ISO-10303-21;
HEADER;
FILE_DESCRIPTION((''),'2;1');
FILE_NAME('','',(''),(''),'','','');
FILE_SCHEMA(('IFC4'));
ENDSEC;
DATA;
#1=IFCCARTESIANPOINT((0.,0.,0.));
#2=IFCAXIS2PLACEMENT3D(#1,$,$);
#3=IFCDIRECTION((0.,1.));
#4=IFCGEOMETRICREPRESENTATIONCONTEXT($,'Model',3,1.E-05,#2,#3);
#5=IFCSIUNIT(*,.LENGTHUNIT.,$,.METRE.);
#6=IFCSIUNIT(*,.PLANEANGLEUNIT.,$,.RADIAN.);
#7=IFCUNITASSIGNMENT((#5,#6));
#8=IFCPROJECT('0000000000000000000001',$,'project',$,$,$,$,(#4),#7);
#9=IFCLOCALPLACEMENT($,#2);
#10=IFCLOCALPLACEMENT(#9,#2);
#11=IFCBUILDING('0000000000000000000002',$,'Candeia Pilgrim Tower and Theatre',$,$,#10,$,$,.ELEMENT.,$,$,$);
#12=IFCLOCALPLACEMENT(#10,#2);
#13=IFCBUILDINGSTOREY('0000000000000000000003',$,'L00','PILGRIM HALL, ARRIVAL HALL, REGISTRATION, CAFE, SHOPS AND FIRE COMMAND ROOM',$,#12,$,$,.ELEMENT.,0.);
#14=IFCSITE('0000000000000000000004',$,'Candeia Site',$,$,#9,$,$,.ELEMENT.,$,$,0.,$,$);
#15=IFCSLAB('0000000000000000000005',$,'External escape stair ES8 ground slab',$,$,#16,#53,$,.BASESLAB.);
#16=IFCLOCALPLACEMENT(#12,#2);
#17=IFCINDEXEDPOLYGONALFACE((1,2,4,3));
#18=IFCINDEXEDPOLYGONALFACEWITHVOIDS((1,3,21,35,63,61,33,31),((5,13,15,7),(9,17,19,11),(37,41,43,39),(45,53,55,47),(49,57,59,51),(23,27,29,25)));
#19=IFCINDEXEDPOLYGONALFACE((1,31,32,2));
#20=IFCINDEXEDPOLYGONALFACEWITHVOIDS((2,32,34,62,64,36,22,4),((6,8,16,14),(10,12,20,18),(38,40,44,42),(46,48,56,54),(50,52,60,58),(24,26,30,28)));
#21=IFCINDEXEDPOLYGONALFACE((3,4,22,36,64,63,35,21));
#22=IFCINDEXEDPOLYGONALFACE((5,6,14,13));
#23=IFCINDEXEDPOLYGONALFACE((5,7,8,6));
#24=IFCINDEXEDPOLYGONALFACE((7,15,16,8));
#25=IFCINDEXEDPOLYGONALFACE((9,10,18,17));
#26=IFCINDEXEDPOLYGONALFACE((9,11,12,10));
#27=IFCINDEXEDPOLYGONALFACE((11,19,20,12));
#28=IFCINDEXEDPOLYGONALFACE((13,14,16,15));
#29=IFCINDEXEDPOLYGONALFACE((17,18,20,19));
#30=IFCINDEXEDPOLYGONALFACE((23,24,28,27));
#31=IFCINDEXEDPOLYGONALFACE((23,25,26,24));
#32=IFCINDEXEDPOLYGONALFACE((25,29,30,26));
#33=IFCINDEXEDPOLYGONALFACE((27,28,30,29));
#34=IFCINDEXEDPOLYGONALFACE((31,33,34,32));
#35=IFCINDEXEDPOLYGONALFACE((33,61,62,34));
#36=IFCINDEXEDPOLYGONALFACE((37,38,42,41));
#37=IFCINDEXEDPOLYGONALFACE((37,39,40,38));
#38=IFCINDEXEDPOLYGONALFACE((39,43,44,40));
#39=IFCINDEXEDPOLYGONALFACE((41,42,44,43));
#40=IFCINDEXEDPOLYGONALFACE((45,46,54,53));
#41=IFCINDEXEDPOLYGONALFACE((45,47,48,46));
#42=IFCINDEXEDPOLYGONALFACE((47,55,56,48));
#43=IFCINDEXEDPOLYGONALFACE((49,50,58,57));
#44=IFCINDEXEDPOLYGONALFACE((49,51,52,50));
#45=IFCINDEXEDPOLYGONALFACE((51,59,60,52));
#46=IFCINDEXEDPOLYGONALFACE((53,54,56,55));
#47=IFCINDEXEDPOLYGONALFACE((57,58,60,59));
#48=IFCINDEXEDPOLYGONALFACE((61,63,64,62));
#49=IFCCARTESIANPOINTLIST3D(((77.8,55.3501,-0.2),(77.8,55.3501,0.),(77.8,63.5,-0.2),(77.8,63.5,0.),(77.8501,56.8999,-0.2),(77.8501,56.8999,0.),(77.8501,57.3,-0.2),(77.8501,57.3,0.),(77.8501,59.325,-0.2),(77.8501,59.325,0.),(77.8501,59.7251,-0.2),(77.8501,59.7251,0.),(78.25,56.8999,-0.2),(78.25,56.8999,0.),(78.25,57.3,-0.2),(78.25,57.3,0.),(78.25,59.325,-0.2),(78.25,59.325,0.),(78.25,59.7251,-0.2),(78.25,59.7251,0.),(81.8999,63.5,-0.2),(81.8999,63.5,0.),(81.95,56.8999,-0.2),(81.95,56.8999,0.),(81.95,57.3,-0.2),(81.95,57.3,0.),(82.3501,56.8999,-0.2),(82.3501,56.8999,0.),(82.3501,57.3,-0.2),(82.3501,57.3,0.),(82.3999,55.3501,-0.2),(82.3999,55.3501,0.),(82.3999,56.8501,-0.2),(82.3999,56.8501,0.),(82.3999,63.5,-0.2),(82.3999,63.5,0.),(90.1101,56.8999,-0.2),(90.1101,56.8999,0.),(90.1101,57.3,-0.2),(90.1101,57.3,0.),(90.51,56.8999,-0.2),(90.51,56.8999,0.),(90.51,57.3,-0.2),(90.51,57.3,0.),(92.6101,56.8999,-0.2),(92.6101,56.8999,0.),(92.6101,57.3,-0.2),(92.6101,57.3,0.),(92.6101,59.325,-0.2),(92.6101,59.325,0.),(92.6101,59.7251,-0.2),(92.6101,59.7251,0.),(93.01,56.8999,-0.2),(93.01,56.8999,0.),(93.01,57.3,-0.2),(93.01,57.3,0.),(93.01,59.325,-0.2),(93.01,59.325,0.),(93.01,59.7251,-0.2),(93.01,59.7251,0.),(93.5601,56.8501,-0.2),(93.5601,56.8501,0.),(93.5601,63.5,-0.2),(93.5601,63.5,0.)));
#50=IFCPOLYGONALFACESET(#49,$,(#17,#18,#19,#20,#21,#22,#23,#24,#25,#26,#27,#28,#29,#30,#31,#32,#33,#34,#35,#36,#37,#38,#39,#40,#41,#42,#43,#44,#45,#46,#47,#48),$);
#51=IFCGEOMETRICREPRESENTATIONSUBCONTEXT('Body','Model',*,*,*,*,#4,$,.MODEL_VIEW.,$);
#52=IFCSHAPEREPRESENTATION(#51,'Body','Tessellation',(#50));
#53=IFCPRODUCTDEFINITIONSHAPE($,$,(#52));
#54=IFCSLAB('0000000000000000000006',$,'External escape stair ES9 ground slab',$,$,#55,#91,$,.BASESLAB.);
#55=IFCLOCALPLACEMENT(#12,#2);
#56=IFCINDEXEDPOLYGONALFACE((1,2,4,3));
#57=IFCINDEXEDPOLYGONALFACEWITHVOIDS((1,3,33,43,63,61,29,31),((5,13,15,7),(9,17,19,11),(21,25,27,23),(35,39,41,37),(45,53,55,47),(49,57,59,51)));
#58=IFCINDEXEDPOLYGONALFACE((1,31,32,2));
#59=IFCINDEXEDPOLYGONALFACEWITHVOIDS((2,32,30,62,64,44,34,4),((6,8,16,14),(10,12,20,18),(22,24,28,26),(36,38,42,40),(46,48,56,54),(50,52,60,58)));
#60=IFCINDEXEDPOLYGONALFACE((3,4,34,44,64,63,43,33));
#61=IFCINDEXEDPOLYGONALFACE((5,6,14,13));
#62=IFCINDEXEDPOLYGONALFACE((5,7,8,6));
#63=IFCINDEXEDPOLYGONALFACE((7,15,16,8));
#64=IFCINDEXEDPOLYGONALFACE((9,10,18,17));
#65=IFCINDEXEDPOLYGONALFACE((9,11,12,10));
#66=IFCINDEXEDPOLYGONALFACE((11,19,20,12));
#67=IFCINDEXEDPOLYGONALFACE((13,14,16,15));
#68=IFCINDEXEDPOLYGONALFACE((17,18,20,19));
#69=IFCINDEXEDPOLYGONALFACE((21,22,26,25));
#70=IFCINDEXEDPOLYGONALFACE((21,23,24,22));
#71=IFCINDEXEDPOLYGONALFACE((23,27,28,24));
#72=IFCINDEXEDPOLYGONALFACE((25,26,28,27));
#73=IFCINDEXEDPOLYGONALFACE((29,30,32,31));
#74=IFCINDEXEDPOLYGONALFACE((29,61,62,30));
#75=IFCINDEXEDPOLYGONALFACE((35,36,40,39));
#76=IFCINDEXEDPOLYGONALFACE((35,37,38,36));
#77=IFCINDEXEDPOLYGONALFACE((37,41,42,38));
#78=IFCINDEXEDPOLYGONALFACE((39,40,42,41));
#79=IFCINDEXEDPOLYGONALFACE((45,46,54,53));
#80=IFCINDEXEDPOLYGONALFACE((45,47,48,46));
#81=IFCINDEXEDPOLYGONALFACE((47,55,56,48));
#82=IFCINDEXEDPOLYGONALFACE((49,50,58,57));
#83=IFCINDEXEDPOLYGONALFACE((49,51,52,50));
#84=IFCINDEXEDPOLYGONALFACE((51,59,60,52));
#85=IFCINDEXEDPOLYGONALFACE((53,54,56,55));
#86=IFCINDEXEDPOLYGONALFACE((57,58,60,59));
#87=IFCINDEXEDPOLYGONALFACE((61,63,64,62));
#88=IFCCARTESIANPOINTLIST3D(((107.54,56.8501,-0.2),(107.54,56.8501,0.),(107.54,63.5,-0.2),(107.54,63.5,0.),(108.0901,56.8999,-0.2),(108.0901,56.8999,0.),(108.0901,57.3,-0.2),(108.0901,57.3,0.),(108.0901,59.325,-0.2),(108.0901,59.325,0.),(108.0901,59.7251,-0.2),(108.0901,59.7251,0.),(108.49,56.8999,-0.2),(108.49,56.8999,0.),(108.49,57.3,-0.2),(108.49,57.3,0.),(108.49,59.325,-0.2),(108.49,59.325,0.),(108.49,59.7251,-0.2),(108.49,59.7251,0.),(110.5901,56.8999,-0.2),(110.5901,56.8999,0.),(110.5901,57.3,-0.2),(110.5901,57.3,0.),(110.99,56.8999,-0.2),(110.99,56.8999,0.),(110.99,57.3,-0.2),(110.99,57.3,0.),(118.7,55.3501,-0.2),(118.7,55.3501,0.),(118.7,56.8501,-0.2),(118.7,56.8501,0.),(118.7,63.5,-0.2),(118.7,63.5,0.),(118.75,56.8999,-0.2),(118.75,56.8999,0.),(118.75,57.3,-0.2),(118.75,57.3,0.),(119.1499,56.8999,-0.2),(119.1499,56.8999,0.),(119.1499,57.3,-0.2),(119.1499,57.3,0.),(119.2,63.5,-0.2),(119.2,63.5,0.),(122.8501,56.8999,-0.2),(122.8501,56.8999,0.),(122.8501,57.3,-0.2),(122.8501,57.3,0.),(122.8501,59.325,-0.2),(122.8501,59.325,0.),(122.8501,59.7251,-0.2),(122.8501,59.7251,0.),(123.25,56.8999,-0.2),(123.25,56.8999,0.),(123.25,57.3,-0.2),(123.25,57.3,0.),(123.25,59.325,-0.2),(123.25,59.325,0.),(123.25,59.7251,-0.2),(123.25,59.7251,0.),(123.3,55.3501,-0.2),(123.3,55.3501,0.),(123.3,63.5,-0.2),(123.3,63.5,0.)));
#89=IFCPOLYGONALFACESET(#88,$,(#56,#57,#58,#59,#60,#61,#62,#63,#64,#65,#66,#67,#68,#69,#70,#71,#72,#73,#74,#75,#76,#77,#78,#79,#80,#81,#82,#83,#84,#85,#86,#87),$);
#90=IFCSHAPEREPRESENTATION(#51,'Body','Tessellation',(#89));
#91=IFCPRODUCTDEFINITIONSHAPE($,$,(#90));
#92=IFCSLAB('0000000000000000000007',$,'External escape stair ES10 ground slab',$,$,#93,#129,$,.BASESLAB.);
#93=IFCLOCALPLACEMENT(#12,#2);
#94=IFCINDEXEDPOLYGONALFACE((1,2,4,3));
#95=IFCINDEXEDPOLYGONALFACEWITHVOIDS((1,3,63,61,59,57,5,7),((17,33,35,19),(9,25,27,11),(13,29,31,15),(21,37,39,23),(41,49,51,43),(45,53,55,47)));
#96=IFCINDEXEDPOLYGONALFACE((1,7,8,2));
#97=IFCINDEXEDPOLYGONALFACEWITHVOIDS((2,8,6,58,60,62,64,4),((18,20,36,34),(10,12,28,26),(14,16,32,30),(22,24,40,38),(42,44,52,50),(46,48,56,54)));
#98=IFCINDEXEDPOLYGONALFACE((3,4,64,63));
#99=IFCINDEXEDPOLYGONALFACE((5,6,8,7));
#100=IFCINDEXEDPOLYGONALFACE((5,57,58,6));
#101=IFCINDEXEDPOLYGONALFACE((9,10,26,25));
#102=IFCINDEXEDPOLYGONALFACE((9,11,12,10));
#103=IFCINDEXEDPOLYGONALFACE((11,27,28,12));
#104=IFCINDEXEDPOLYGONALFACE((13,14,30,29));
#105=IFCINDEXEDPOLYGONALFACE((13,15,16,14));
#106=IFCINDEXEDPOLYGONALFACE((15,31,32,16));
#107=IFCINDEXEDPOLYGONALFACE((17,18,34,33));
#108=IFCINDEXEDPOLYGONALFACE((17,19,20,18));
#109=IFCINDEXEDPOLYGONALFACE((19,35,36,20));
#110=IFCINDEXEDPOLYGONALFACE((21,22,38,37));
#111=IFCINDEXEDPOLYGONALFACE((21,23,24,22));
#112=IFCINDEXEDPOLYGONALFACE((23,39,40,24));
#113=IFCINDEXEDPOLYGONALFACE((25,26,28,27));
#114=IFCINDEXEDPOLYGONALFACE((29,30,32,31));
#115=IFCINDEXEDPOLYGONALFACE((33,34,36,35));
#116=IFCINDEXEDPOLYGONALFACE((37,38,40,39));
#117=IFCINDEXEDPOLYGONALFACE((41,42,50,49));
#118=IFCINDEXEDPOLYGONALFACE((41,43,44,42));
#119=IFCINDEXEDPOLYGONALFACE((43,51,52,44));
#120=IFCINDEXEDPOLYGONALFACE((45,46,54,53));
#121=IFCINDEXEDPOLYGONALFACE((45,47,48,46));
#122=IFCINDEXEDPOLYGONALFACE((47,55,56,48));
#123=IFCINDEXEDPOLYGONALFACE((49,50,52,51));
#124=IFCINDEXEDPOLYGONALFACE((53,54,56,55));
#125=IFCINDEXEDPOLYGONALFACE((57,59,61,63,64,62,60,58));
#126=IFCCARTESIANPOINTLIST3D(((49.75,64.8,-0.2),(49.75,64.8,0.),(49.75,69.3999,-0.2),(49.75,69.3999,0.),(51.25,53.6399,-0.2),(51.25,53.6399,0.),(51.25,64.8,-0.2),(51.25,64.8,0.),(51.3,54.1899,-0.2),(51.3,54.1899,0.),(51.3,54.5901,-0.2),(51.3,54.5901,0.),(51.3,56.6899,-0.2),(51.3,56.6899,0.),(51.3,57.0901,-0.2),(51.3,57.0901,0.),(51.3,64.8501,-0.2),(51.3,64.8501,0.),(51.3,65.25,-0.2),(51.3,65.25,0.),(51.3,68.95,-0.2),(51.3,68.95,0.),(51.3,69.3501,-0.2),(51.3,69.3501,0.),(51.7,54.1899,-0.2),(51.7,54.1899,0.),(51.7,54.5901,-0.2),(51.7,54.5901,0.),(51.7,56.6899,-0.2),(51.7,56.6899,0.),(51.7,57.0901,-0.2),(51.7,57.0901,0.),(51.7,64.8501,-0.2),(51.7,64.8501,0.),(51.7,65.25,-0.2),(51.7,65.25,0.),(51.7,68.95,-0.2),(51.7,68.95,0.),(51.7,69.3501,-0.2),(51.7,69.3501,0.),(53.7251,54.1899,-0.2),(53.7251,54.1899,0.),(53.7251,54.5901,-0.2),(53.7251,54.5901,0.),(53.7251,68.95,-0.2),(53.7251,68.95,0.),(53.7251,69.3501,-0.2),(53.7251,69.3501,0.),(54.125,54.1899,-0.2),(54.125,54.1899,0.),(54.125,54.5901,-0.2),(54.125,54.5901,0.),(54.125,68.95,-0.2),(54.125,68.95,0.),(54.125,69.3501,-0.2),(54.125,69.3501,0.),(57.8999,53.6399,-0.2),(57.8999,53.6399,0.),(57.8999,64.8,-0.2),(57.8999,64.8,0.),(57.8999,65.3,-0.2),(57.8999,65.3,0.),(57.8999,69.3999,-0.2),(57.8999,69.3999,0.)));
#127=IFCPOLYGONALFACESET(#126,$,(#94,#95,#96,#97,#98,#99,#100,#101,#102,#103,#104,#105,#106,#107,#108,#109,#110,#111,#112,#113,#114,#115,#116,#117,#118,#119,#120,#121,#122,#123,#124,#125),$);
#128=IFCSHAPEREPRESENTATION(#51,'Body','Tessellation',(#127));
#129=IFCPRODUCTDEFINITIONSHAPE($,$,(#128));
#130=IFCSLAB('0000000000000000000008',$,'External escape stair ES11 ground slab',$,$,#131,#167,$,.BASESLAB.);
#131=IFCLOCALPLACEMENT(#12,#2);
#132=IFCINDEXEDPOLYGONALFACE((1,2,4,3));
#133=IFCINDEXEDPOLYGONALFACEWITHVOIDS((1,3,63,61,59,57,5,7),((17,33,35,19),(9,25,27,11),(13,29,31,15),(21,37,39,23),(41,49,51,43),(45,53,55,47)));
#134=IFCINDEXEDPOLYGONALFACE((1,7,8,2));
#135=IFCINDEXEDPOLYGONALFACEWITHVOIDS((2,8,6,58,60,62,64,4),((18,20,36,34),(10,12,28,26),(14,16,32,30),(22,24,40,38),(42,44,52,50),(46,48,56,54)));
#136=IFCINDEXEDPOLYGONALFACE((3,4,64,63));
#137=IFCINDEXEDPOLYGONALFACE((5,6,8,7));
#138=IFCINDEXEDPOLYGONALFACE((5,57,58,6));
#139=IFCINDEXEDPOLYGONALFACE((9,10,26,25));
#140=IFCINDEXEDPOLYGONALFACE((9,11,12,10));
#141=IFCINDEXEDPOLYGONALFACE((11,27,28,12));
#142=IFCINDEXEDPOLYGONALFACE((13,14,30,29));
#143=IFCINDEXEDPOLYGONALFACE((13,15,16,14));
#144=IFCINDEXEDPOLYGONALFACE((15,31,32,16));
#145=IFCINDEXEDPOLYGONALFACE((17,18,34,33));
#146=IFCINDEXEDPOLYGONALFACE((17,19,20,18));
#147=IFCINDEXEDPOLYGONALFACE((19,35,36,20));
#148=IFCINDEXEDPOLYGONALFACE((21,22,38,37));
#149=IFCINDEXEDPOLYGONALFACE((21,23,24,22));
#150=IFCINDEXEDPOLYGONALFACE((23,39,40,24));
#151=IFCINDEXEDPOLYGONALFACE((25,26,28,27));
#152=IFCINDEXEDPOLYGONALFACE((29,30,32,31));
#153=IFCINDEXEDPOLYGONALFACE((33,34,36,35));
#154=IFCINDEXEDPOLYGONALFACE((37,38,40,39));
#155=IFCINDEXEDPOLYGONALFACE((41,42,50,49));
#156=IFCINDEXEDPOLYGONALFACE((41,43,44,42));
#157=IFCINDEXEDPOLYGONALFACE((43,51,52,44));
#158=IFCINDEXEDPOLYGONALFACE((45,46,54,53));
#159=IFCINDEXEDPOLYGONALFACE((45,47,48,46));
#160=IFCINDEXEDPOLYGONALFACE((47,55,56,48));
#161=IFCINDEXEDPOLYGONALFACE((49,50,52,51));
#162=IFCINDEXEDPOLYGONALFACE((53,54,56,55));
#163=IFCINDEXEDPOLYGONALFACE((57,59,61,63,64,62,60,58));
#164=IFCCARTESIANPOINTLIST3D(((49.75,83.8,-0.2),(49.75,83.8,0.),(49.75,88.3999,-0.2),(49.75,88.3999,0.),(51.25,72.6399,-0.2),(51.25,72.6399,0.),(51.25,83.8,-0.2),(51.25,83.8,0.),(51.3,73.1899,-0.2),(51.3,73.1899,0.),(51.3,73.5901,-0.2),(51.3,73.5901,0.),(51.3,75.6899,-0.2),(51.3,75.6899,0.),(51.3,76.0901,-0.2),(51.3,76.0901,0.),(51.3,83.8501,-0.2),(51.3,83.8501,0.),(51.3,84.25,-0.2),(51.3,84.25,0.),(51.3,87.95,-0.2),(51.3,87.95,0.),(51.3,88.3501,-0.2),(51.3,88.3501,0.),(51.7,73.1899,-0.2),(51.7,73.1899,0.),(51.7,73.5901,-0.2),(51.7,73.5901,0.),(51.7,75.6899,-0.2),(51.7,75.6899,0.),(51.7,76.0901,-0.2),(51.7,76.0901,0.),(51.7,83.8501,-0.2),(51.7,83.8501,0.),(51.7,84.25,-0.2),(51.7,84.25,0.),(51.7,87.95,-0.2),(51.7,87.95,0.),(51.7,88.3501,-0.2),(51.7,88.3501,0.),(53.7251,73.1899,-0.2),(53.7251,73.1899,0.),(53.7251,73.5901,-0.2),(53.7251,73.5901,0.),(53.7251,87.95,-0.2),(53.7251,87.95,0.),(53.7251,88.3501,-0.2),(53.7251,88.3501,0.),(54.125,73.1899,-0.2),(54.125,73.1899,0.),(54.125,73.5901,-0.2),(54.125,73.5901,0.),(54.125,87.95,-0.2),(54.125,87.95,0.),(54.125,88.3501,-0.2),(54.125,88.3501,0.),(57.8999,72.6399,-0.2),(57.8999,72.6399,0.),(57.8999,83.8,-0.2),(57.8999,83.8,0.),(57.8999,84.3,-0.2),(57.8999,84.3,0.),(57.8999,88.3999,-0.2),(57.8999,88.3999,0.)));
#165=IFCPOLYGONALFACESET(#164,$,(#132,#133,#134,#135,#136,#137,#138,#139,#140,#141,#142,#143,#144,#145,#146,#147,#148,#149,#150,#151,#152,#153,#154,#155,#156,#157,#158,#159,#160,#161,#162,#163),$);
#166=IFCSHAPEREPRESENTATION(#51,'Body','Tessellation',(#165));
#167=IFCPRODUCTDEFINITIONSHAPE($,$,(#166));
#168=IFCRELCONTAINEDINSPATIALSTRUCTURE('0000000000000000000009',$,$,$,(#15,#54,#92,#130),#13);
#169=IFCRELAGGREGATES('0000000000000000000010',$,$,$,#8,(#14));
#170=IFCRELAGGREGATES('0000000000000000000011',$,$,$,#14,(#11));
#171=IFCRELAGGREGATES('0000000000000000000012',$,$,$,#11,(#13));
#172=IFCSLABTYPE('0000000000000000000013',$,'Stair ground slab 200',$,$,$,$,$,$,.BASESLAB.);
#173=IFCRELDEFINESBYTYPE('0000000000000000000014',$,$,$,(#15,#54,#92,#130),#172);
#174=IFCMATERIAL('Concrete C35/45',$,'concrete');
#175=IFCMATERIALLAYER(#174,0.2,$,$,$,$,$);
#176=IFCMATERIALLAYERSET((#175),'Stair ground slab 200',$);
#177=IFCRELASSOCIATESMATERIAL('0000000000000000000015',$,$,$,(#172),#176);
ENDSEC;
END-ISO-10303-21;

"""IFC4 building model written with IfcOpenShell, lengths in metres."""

from ifc_helpers import new_model, si_unit, direction, frame, origin, place, context, subcontext, project, spatial, polyline, outline, extrude, material, layer, layer_set, type_object, element, save


model = new_model("IFC4")

# Units and contexts
model_context = context("Model", 3, precision=1e-05, world=origin(), true_north=direction((0.0, 1.0)))
body_context = subcontext(model_context, "Body", "Model", "MODEL_VIEW")
ifc_project = project(units=[si_unit("LENGTHUNIT", "METRE"), si_unit("PLANEANGLEUNIT", "RADIAN")], contexts=[model_context])

# Site, building, storey
site_placement = place(None, origin())
site = spatial("IfcSite", under=ifc_project, at=site_placement, Name="Candeia Site", CompositionType="ELEMENT", RefElevation=0.0)
building_placement = place(site_placement, origin())
building = spatial("IfcBuilding", under=site, at=building_placement, Name="Candeia Pilgrim Tower and Theatre", CompositionType="ELEMENT")
storey_placement = place(building_placement, origin())
storey = spatial("IfcBuildingStorey", under=building, at=storey_placement, Name="L00", Description="PILGRIM HALL, ARRIVAL HALL, REGISTRATION, CAFE, SHOPS AND FIRE COMMAND ROOM", CompositionType="ELEMENT", Elevation=0.0)

# Slabs
ifc_material = material(Name="Concrete C35/45", Category="concrete")
ifc_layer_1 = layer(ifc_material, 0.2)
ifc_layer_set_1 = layer_set([ifc_layer_1], Name="Stair ground slab 200")
slab_type_1 = type_object("IfcSlabType", Name="Stair ground slab 200", PredefinedType="BASESLAB", material=ifc_layer_set_1)
slab_1_placement = place(storey_placement, frame((0.0, 0.0, -0.2)))
element("IfcSlab", 1, at=slab_1_placement, inside=storey, type_object=slab_type_1, Name="External escape stair ES8 ground slab", PredefinedType="BASESLAB", context=body_context, shape_type="SweptSolid", body=[
    extrude(outline(polyline([(93.5601, 63.5), (93.5601, 56.8501), (82.3999, 56.8501), (82.3999, 55.3501), (77.8, 55.3501), (77.8, 63.5), (81.8999, 63.5), (82.3999, 63.5), (93.5601, 63.5)]), holes=[polyline([(78.25, 56.8999), (78.25, 57.3), (77.8501, 57.3), (77.8501, 56.8999), (78.25, 56.8999)]), polyline([(81.95, 56.8999), (82.3501, 56.8999), (82.3501, 57.3), (81.95, 57.3), (81.95, 56.8999)]), polyline([(90.1101, 56.8999), (90.51, 56.8999), (90.51, 57.3), (90.1101, 57.3), (90.1101, 56.8999)]), polyline([(93.01, 56.8999), (93.01, 57.3), (92.6101, 57.3), (92.6101, 56.8999), (93.01, 56.8999)]), polyline([(77.8501, 59.325), (78.25, 59.325), (78.25, 59.7251), (77.8501, 59.7251), (77.8501, 59.325)]), polyline([(92.6101, 59.325), (93.01, 59.325), (93.01, 59.7251), (92.6101, 59.7251), (92.6101, 59.325)])]), origin(), (0.0, 0.0, 1.0), 0.2),
])
slab_2_placement = place(storey_placement, frame((0.0, 0.0, -0.2)))
element("IfcSlab", 2, at=slab_2_placement, inside=storey, type_object=slab_type_1, Name="External escape stair ES9 ground slab", PredefinedType="BASESLAB", context=body_context, shape_type="SweptSolid", body=[
    extrude(outline(polyline([(118.7, 55.3501), (118.7, 56.8501), (107.54, 56.8501), (107.54, 63.5), (118.7, 63.5), (119.2, 63.5), (123.3, 63.5), (123.3, 55.3501), (118.7, 55.3501)]), holes=[polyline([(108.49, 56.8999), (108.49, 57.3), (108.0901, 57.3), (108.0901, 56.8999), (108.49, 56.8999)]), polyline([(110.5901, 56.8999), (110.99, 56.8999), (110.99, 57.3), (110.5901, 57.3), (110.5901, 56.8999)]), polyline([(118.75, 56.8999), (119.1499, 56.8999), (119.1499, 57.3), (118.75, 57.3), (118.75, 56.8999)]), polyline([(123.25, 56.8999), (123.25, 57.3), (122.8501, 57.3), (122.8501, 56.8999), (123.25, 56.8999)]), polyline([(108.0901, 59.325), (108.49, 59.325), (108.49, 59.7251), (108.0901, 59.7251), (108.0901, 59.325)]), polyline([(122.8501, 59.325), (123.25, 59.325), (123.25, 59.7251), (122.8501, 59.7251), (122.8501, 59.325)])]), origin(), (0.0, 0.0, 1.0), 0.2),
])
slab_3_placement = place(storey_placement, frame((0.0, 0.0, -0.2)))
element("IfcSlab", 3, at=slab_3_placement, inside=storey, type_object=slab_type_1, Name="External escape stair ES10 ground slab", PredefinedType="BASESLAB", context=body_context, shape_type="SweptSolid", body=[
    extrude(outline(polyline([(51.25, 53.6399), (51.25, 64.8), (49.75, 64.8), (49.75, 69.3999), (57.8999, 69.3999), (57.8999, 65.3), (57.8999, 64.8), (57.8999, 53.6399), (51.25, 53.6399)]), holes=[polyline([(51.7, 54.1899), (51.7, 54.5901), (51.3, 54.5901), (51.3, 54.1899), (51.7, 54.1899)]), polyline([(53.7251, 54.1899), (54.125, 54.1899), (54.125, 54.5901), (53.7251, 54.5901), (53.7251, 54.1899)]), polyline([(51.3, 56.6899), (51.7, 56.6899), (51.7, 57.0901), (51.3, 57.0901), (51.3, 56.6899)]), polyline([(51.7, 64.8501), (51.7, 65.25), (51.3, 65.25), (51.3, 64.8501), (51.7, 64.8501)]), polyline([(51.3, 68.95), (51.7, 68.95), (51.7, 69.3501), (51.3, 69.3501), (51.3, 68.95)]), polyline([(53.7251, 68.95), (54.125, 68.95), (54.125, 69.3501), (53.7251, 69.3501), (53.7251, 68.95)])]), origin(), (0.0, 0.0, 1.0), 0.2),
])
slab_4_placement = place(storey_placement, frame((0.0, 0.0, -0.2)))
element("IfcSlab", 4, at=slab_4_placement, inside=storey, type_object=slab_type_1, Name="External escape stair ES11 ground slab", PredefinedType="BASESLAB", context=body_context, shape_type="SweptSolid", body=[
    extrude(outline(polyline([(51.25, 72.6399), (51.25, 83.8), (49.75, 83.8), (49.75, 88.3999), (57.8999, 88.3999), (57.8999, 84.3), (57.8999, 83.8), (57.8999, 72.6399), (51.25, 72.6399)]), holes=[polyline([(51.7, 73.1899), (51.7, 73.5901), (51.3, 73.5901), (51.3, 73.1899), (51.7, 73.1899)]), polyline([(53.7251, 73.1899), (54.125, 73.1899), (54.125, 73.5901), (53.7251, 73.5901), (53.7251, 73.1899)]), polyline([(51.3, 75.6899), (51.7, 75.6899), (51.7, 76.0901), (51.3, 76.0901), (51.3, 75.6899)]), polyline([(51.7, 83.8501), (51.7, 84.25), (51.3, 84.25), (51.3, 83.8501), (51.7, 83.8501)]), polyline([(51.3, 87.95), (51.7, 87.95), (51.7, 88.3501), (51.3, 88.3501), (51.3, 87.95)]), polyline([(53.7251, 87.95), (54.125, 87.95), (54.125, 88.3501), (53.7251, 88.3501), (53.7251, 87.95)])]), origin(), (0.0, 0.0, 1.0), 0.2),
])

save(model, "model.ifc")
